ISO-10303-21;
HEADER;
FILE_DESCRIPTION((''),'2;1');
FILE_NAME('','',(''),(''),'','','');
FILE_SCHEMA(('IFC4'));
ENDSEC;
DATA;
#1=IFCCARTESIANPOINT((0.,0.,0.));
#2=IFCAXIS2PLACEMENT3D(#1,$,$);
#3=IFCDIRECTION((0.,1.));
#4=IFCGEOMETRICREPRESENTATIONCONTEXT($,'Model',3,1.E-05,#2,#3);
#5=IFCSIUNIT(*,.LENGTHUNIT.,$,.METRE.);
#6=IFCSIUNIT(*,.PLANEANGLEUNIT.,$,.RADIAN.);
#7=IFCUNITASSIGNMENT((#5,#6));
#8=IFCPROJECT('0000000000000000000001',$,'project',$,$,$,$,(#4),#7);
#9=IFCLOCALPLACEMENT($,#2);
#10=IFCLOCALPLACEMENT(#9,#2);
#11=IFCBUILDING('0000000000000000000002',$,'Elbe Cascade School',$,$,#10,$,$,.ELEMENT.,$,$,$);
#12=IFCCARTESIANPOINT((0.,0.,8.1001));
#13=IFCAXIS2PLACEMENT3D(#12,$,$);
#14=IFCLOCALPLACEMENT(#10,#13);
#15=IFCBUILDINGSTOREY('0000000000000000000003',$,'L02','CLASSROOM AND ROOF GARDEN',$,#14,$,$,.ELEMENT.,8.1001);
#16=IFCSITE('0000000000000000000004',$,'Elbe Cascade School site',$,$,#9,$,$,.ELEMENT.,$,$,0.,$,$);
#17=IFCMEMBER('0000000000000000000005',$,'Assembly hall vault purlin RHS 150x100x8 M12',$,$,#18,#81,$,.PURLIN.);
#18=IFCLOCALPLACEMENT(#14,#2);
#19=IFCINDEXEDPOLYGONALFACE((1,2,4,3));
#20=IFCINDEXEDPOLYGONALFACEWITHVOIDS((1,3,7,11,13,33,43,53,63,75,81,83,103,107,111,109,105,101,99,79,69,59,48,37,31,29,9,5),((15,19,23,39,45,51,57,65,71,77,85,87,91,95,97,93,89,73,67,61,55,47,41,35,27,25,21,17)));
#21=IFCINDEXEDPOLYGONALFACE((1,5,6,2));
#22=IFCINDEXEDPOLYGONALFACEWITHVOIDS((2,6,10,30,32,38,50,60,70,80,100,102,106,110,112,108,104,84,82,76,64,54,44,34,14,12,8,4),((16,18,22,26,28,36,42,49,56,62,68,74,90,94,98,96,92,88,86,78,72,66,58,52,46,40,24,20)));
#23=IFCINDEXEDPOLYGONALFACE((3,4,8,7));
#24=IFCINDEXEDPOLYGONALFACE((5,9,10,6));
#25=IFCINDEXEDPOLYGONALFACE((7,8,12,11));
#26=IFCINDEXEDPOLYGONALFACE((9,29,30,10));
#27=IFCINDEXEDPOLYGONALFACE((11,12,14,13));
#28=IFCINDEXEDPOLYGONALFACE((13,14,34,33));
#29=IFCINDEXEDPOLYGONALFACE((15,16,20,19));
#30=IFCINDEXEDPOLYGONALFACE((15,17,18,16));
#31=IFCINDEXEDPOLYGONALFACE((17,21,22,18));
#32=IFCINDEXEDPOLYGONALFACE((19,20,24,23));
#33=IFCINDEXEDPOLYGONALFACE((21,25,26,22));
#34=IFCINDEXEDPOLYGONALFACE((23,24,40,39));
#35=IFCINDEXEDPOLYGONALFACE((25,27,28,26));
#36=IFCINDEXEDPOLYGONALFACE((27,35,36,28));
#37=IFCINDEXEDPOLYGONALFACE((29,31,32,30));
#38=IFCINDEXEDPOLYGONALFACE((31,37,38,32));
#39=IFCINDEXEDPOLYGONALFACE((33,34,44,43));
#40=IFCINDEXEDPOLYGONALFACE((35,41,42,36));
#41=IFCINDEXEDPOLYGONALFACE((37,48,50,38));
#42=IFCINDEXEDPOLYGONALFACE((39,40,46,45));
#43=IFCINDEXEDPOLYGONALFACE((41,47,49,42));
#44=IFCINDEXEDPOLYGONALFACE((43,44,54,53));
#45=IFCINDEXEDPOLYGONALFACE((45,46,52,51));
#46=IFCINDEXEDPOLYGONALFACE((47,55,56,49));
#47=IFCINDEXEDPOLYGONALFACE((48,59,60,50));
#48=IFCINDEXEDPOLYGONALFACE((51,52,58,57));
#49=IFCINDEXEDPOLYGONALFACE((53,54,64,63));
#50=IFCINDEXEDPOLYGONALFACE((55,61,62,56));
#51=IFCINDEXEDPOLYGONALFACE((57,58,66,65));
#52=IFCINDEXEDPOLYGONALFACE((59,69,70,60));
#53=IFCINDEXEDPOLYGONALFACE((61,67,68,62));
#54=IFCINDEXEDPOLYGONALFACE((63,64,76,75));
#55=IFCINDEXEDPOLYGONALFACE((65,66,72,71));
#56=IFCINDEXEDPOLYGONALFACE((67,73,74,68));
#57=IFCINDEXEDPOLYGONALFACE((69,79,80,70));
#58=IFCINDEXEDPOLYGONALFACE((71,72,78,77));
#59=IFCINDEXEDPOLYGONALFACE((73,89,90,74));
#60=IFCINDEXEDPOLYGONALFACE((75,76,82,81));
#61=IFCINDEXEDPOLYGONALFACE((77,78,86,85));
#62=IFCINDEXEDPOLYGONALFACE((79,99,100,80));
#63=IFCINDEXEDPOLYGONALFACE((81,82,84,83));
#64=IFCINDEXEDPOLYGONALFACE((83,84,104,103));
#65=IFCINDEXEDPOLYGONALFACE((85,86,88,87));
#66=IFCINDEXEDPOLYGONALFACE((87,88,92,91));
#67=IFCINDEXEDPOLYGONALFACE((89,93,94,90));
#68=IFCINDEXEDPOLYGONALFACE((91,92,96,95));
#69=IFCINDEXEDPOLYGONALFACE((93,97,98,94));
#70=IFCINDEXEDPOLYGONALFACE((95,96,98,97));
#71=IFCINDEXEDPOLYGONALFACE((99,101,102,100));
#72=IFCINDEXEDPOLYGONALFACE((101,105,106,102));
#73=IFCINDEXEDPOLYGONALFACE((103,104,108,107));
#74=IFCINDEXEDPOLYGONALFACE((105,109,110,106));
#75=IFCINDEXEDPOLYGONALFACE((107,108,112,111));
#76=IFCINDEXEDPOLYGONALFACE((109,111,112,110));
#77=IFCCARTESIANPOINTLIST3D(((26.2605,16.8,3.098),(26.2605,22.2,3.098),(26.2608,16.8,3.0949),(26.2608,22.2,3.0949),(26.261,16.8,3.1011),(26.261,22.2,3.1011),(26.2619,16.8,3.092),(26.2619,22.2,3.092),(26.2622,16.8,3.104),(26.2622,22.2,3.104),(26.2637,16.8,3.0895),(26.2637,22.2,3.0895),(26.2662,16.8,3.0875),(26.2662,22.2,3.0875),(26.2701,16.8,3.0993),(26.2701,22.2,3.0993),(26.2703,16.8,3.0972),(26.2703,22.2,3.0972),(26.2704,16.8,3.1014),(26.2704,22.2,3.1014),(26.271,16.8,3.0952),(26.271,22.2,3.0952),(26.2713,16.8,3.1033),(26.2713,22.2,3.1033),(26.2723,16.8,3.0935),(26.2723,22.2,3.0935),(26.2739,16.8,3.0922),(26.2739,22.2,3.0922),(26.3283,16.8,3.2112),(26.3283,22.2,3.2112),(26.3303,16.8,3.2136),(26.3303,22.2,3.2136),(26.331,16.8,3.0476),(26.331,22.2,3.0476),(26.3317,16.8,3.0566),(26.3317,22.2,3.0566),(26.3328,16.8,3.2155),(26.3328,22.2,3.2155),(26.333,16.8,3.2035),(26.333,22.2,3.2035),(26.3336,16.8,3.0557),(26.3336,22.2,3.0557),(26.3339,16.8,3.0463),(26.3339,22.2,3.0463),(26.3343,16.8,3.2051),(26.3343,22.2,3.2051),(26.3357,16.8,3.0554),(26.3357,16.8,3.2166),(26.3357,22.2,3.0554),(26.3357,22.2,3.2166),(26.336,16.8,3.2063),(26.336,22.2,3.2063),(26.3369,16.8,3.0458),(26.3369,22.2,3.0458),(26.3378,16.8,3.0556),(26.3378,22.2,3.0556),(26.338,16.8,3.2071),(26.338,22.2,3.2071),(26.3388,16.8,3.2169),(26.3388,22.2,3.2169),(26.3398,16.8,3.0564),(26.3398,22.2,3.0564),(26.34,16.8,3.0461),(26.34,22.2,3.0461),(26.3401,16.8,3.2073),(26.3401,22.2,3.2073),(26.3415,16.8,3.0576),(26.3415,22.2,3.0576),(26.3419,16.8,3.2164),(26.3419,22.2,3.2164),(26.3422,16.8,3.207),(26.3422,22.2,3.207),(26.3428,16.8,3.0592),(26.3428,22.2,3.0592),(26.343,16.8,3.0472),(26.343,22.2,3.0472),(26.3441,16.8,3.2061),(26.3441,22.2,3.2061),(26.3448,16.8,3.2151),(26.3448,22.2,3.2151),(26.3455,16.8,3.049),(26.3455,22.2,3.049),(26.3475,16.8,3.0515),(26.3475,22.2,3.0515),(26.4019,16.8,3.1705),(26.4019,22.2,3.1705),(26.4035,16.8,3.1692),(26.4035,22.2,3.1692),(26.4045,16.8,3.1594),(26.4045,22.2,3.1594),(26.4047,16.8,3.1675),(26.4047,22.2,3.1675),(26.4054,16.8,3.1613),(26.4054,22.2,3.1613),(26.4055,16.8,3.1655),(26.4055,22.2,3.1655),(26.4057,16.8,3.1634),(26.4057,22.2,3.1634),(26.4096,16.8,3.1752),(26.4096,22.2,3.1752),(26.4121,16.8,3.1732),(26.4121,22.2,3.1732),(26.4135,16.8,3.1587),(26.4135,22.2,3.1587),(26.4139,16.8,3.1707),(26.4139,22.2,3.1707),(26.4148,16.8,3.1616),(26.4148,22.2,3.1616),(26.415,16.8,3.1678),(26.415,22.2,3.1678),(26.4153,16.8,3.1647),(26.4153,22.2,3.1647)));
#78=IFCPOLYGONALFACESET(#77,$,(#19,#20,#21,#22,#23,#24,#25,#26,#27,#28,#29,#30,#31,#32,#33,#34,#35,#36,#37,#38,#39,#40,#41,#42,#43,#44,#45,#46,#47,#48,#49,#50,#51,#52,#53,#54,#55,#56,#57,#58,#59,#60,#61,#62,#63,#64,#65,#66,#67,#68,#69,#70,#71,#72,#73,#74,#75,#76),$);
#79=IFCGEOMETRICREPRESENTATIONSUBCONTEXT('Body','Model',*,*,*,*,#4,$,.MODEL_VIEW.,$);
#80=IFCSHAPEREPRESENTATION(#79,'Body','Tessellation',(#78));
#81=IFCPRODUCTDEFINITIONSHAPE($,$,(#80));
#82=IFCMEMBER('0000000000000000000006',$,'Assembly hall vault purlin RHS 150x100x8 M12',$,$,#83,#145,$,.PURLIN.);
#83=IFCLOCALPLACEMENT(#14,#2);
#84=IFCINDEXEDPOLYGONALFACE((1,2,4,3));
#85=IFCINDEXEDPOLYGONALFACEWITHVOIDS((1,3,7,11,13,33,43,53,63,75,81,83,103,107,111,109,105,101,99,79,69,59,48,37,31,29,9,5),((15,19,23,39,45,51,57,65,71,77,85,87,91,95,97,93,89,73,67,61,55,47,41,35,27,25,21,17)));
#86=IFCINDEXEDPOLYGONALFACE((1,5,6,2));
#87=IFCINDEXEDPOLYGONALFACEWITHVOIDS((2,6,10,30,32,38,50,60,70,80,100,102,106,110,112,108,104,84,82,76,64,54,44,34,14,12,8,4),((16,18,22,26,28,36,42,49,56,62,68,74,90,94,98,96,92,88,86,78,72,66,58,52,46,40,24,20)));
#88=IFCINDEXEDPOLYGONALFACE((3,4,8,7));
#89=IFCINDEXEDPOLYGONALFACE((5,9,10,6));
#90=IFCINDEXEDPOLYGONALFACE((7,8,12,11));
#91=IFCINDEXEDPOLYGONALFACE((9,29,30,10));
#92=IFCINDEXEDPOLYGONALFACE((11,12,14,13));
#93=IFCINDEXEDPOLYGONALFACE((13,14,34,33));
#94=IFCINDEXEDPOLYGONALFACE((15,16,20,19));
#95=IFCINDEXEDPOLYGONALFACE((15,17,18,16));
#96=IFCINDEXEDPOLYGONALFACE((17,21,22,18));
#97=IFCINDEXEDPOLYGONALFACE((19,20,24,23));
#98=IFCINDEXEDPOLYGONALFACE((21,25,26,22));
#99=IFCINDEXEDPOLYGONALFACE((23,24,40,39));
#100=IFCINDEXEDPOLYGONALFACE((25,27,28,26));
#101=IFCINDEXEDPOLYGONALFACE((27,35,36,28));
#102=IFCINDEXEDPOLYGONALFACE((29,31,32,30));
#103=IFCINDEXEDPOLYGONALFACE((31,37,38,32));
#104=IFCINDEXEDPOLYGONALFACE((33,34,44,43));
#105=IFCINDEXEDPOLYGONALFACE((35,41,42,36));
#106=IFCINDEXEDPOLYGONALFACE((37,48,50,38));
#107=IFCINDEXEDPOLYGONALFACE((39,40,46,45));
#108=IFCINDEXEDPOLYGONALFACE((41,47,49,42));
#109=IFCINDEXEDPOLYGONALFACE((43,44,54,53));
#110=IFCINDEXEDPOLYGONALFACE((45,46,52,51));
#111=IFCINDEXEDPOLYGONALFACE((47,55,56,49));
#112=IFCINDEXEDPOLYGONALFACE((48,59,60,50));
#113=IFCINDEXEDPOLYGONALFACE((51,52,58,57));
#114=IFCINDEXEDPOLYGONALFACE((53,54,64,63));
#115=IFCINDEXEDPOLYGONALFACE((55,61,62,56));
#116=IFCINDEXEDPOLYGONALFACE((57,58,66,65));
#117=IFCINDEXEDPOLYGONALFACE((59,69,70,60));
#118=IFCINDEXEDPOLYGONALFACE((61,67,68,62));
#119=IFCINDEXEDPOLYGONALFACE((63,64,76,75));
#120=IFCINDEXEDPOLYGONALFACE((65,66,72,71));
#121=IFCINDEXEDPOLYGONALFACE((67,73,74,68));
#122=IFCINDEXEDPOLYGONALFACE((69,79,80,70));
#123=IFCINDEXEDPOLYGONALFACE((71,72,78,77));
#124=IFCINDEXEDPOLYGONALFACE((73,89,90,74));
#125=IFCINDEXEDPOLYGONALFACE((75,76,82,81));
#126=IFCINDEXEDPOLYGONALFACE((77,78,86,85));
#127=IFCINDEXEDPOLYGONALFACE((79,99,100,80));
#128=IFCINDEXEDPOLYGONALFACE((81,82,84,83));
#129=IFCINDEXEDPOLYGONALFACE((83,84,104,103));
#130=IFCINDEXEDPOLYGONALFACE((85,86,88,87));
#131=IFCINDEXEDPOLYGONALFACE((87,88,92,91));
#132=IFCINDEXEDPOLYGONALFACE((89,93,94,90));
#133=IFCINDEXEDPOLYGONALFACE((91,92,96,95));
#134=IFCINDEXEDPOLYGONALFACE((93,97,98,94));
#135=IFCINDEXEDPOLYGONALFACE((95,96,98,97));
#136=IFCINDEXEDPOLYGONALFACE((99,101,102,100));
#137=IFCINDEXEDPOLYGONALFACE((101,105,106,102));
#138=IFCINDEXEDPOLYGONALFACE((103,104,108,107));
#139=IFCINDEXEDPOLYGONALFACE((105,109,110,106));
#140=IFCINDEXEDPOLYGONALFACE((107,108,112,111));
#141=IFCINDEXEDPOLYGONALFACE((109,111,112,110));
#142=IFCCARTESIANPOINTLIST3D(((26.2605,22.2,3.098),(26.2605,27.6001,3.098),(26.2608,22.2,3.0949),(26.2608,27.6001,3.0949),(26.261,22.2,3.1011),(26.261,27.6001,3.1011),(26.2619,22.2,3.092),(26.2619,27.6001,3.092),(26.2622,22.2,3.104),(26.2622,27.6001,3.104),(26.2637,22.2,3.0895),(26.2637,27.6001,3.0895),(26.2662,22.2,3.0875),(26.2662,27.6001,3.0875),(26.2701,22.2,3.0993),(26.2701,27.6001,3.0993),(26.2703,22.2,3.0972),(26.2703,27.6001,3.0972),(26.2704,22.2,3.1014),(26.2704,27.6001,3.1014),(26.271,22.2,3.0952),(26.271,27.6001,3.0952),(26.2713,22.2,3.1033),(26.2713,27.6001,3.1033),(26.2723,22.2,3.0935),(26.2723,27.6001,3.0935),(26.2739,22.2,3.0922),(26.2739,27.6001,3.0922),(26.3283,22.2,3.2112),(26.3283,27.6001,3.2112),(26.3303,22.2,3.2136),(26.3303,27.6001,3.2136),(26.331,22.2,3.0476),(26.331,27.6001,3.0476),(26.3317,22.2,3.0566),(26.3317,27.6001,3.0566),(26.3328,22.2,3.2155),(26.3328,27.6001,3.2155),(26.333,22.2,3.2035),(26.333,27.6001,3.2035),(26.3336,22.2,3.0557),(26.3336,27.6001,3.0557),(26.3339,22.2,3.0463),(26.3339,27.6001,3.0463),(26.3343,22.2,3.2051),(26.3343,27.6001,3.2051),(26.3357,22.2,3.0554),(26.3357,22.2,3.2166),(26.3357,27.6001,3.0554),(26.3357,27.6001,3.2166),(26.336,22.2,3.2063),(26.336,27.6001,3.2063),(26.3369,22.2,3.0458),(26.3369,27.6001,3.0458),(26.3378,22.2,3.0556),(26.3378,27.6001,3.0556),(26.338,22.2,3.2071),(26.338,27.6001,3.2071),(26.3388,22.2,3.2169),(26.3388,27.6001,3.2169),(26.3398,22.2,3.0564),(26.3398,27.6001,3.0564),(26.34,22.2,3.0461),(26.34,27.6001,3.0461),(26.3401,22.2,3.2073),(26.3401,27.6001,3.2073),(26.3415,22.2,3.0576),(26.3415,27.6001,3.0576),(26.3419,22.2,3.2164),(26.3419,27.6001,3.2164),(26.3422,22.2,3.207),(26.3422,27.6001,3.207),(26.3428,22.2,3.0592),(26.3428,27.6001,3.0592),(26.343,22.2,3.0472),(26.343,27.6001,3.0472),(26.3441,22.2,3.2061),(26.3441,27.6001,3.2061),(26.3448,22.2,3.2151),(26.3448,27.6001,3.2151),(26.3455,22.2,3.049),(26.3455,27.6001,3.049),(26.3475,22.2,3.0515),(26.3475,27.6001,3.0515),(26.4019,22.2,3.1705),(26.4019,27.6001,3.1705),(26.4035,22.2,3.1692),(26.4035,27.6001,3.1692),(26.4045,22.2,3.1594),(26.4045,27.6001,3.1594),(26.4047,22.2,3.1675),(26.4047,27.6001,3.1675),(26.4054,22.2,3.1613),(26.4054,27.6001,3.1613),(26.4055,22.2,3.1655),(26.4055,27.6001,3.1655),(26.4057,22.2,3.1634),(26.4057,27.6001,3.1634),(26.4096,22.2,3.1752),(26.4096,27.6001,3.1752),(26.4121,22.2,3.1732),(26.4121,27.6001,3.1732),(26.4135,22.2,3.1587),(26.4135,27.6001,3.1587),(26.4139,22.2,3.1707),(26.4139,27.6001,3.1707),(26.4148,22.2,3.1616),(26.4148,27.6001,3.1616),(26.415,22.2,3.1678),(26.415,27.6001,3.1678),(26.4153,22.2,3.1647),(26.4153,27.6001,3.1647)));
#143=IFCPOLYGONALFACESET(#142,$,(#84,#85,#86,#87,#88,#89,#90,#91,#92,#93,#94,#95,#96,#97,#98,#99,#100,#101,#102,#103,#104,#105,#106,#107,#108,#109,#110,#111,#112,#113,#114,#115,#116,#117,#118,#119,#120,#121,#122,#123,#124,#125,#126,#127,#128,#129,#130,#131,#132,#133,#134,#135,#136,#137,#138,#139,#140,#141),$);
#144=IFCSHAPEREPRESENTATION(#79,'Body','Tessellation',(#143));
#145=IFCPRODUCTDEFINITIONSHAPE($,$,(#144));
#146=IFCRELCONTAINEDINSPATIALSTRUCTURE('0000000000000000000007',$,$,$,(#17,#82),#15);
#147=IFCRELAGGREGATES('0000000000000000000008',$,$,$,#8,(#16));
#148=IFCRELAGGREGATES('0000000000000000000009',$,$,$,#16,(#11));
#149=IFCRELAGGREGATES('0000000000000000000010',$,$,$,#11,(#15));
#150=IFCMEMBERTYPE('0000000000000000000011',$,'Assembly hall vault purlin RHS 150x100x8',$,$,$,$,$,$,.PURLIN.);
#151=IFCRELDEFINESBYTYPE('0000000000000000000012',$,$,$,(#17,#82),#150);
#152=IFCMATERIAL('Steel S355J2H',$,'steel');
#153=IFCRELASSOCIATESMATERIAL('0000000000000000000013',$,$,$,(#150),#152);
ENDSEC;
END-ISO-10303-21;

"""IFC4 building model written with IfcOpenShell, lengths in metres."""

from ifc_helpers import new_model, si_unit, direction, frame, origin, origin_2d, place, context, subcontext, project, spatial, hollow_rectangle, extrude, material, material_profile, profile_set, type_object, element, save


model = new_model("IFC4")

# Units and contexts
model_context = context("Model", 3, precision=1e-05, world=origin(), true_north=direction((0.0, 1.0)))
body_context = subcontext(model_context, "Body", "Model", "MODEL_VIEW")
ifc_project = project(units=[si_unit("LENGTHUNIT", "METRE"), si_unit("PLANEANGLEUNIT", "RADIAN")], contexts=[model_context])

# Site, building, storey
site_placement = place(None, origin())
site = spatial("IfcSite", under=ifc_project, at=site_placement, Name="Elbe Cascade School site", CompositionType="ELEMENT", RefElevation=0.0)
building_placement = place(site_placement, origin())
building = spatial("IfcBuilding", under=site, at=building_placement, Name="Elbe Cascade School", CompositionType="ELEMENT")
storey_placement = place(building_placement, frame((0.0, 0.0, 8.1001)))
storey = spatial("IfcBuildingStorey", under=building, at=storey_placement, Name="L02", Description="CLASSROOM AND ROOF GARDEN", CompositionType="ELEMENT", Elevation=8.1001)

# Members
ifc_material_1 = material(Name="Steel S355J2H", Category="steel")
ifc_material_profile_1 = material_profile(ifc_material_1, hollow_rectangle(XDim=0.1001, YDim=0.1499, WallThickness=0.0081, InnerFilletRadius=0.0081, OuterFilletRadius=0.012, at=origin_2d()), Name="RHS 150x100x8")
ifc_profile_set_1 = profile_set([ifc_material_profile_1], Name="Steel S355J2H")
member_type_1 = type_object("IfcMemberType", Name="Assembly hall vault purlin RHS 150x100x8", PredefinedType="PURLIN", material=ifc_profile_set_1)
member_1_placement = place(storey_placement, frame((26.3379, 16.8, 3.1313), z_axis=(0.0, 1.0, 0.0), x_axis=(-0.851418, 0.0, 0.524488)))
element("IfcMember", 1, at=member_1_placement, inside=storey, type_object=member_type_1, Name="Assembly hall vault purlin RHS 150x100x8 M12", PredefinedType="PURLIN", context=body_context, shape_type="SweptSolid", body=[
    extrude(hollow_rectangle(XDim=0.1001, YDim=0.1499, WallThickness=0.0081, InnerFilletRadius=0.0081, OuterFilletRadius=0.012, at=origin_2d()), origin(), (0.0, 0.0, 1.0), 5.3999),
])
member_2_placement = place(storey_placement, frame((26.3379, 22.2, 3.1313), z_axis=(0.0, 1.0, 0.0), x_axis=(-0.851418, 0.0, 0.524488)))
element("IfcMember", 2, at=member_2_placement, inside=storey, type_object=member_type_1, Name="Assembly hall vault purlin RHS 150x100x8 M12", PredefinedType="PURLIN", context=body_context, shape_type="SweptSolid", body=[
    extrude(hollow_rectangle(XDim=0.1001, YDim=0.1499, WallThickness=0.0081, InnerFilletRadius=0.0081, OuterFilletRadius=0.012, at=origin_2d()), origin(), (0.0, 0.0, 1.0), 5.4001),
])

save(model, "model.ifc")
